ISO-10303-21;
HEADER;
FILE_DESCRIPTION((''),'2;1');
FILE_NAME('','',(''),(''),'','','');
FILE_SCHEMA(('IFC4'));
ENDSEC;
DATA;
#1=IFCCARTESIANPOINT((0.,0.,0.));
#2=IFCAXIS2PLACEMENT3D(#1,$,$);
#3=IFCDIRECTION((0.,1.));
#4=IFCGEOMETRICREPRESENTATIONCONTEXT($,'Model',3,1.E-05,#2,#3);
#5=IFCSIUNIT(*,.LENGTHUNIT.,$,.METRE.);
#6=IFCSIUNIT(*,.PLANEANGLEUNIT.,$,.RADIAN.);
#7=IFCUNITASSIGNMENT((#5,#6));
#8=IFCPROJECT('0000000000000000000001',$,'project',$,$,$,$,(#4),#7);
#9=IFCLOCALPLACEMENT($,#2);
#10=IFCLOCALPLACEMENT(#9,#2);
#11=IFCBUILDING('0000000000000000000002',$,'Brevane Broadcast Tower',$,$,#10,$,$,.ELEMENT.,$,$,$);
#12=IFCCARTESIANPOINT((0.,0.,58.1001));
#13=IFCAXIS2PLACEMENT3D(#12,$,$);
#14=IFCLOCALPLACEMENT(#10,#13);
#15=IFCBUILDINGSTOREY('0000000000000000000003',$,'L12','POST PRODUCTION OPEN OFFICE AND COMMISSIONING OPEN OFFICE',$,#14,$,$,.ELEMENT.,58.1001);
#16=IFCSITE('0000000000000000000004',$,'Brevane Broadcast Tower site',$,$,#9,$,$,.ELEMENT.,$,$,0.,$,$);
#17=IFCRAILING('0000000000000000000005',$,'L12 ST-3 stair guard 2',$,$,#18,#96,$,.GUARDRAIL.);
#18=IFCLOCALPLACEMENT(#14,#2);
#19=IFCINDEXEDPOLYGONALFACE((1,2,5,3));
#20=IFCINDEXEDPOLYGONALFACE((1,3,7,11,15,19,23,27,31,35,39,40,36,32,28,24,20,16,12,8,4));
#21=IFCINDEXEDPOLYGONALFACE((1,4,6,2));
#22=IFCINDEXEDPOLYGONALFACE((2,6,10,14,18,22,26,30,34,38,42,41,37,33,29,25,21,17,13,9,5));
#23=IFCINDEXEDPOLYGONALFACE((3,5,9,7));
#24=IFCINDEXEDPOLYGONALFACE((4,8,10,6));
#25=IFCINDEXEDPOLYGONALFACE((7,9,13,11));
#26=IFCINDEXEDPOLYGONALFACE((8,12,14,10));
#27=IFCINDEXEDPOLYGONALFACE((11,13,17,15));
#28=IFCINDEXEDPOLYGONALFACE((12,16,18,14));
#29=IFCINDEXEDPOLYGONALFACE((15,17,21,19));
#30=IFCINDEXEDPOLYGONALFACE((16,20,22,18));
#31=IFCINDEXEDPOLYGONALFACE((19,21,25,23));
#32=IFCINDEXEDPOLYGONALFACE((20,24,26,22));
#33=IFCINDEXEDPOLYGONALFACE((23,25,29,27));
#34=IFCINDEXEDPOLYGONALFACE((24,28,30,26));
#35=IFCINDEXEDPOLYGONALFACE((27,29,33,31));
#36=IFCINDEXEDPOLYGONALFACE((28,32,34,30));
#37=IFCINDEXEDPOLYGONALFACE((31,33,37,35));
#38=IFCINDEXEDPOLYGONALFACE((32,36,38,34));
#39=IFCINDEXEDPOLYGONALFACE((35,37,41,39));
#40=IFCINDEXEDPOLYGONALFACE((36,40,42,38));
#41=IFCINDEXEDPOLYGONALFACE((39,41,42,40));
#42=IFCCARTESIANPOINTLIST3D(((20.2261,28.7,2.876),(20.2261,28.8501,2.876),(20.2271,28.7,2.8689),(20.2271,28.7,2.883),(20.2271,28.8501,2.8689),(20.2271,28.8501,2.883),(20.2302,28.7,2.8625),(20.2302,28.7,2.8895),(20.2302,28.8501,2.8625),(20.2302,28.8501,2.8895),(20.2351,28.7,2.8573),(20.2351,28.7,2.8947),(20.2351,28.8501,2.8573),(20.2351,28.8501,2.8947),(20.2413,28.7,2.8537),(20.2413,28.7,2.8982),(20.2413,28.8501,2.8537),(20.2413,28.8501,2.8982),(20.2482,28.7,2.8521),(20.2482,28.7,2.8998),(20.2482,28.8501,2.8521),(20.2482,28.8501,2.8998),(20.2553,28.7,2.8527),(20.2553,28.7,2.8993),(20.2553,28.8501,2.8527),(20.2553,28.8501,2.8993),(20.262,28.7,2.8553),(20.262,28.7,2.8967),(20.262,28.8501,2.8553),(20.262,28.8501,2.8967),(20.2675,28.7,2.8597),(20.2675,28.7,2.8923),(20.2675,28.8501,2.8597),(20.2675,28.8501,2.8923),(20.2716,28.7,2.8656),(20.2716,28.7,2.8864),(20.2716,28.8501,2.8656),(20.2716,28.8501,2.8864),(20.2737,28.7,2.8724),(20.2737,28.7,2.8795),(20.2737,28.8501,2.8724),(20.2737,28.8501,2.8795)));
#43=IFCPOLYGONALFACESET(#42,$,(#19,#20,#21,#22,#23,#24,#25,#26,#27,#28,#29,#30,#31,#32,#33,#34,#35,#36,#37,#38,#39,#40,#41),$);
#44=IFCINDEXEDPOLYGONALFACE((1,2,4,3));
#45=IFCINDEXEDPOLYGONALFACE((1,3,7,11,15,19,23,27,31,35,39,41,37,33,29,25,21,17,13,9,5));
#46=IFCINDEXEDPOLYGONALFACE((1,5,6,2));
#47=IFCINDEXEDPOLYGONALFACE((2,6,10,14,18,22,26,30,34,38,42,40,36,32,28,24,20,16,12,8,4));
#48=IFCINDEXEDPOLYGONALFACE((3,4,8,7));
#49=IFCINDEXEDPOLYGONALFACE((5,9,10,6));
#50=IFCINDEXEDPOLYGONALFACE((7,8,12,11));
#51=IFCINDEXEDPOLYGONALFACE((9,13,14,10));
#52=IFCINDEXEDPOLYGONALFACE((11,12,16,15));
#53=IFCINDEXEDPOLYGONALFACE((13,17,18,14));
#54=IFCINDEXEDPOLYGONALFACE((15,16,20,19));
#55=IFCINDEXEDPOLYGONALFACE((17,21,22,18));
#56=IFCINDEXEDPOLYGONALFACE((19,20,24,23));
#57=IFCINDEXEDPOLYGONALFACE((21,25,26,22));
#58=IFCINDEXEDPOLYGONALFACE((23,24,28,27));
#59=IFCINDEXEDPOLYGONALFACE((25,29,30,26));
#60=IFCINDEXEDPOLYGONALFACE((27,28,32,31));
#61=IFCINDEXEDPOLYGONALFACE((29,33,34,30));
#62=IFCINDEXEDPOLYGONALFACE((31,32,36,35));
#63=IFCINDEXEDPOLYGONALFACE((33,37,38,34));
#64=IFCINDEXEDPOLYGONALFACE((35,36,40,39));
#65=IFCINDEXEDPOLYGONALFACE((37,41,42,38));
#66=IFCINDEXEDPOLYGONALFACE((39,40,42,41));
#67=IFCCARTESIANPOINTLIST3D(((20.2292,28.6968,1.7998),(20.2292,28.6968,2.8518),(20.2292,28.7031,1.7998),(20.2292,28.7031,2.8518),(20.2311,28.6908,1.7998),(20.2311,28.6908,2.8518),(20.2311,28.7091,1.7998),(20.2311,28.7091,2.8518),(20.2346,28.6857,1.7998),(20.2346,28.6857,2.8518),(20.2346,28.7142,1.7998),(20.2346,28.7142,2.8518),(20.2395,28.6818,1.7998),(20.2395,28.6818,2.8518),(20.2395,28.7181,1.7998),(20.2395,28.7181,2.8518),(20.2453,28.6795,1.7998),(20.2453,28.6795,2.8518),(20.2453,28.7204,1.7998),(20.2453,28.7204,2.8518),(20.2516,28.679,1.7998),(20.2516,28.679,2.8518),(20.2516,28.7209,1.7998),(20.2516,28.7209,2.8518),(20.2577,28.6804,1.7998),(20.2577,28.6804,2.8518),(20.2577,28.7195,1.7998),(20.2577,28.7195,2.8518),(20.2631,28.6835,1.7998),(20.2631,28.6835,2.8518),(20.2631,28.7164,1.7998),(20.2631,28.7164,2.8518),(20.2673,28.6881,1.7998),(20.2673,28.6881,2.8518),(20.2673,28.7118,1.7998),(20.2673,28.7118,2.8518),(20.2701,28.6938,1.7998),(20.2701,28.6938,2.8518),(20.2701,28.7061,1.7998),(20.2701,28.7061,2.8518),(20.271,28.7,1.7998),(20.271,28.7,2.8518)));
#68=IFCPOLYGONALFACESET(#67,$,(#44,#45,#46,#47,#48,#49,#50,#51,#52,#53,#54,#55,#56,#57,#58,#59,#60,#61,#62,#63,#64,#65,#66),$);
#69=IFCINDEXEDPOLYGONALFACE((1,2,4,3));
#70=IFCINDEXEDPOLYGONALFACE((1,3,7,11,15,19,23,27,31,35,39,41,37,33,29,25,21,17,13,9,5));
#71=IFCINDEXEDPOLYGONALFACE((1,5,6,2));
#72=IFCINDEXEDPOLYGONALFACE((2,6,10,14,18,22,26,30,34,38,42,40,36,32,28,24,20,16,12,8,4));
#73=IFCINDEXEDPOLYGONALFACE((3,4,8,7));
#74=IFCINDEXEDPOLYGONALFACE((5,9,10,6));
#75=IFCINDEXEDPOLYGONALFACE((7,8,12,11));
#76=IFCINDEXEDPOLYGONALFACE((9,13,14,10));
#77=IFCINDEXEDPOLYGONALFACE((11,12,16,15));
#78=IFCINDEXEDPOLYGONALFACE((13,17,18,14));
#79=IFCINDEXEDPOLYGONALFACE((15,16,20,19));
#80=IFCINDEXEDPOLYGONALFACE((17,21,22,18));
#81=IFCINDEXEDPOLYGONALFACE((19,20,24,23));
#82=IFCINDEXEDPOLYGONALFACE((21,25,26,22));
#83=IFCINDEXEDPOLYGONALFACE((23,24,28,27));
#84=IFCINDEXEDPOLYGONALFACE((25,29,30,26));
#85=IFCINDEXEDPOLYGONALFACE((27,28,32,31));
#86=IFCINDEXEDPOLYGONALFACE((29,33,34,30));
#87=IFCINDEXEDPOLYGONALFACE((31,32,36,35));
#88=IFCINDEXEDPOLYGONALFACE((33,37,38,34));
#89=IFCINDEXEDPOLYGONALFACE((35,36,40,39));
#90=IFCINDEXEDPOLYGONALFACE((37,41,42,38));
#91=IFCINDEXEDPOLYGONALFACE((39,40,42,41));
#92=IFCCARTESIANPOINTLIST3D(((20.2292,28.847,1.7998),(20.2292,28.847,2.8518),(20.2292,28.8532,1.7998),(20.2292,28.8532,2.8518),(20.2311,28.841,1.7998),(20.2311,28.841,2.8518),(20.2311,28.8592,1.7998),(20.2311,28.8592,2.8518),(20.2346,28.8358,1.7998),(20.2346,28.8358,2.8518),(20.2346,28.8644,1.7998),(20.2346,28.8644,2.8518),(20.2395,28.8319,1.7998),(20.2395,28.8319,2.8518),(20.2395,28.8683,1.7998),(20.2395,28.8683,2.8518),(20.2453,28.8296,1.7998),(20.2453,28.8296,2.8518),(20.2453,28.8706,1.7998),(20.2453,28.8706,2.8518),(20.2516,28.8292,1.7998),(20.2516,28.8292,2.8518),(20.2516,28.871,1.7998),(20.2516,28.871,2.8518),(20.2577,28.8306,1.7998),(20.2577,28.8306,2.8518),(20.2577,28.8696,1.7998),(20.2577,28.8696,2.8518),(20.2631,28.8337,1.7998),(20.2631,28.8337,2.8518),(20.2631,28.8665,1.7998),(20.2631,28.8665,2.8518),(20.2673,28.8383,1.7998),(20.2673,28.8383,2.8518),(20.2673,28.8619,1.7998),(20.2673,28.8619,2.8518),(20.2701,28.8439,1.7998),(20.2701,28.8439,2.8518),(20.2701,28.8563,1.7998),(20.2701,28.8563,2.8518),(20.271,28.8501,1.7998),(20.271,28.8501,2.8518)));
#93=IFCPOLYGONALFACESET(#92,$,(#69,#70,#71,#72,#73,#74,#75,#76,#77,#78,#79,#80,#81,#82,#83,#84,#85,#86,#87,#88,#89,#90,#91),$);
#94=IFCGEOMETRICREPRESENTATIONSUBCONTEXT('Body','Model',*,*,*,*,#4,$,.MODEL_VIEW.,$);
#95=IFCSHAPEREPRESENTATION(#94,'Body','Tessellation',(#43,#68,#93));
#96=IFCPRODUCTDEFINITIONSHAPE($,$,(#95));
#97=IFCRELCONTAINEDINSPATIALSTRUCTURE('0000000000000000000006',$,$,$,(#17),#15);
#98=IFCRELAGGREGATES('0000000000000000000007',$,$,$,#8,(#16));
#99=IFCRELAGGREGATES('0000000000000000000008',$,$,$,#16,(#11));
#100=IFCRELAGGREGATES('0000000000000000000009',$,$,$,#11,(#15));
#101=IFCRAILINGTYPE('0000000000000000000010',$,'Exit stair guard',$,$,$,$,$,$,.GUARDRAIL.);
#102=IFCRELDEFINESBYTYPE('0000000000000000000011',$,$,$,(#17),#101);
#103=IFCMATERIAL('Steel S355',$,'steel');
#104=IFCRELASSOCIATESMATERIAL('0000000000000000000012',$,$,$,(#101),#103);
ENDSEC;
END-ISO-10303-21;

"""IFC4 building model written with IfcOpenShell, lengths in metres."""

from ifc_helpers import new_model, si_unit, direction, frame, origin, origin_2d, place, context, subcontext, project, spatial, circle, extrude, material, type_object, element, save


model = new_model("IFC4")

# Units and contexts
model_context = context("Model", 3, precision=1e-05, world=origin(), true_north=direction((0.0, 1.0)))
body_context = subcontext(model_context, "Body", "Model", "MODEL_VIEW")
ifc_project = project(units=[si_unit("LENGTHUNIT", "METRE"), si_unit("PLANEANGLEUNIT", "RADIAN")], contexts=[model_context])

# Site, building, storey
site_placement = place(None, origin())
site = spatial("IfcSite", under=ifc_project, at=site_placement, Name="Brevane Broadcast Tower site", CompositionType="ELEMENT", RefElevation=0.0)
building_placement = place(site_placement, origin())
building = spatial("IfcBuilding", under=site, at=building_placement, Name="Brevane Broadcast Tower", CompositionType="ELEMENT")
storey_placement = place(building_placement, frame((0.0, 0.0, 58.1001)))
storey = spatial("IfcBuildingStorey", under=building, at=storey_placement, Name="L12", Description="POST PRODUCTION OPEN OFFICE AND COMMISSIONING OPEN OFFICE", CompositionType="ELEMENT", Elevation=58.1001)

# Railing
ifc_material_1 = material(Name="Steel S355", Category="steel")
railing_type_1 = type_object("IfcRailingType", Name="Exit stair guard", PredefinedType="GUARDRAIL", material=ifc_material_1)
railing_1_placement = place(storey_placement, frame((20.25, 28.7, 1.7998)))
element("IfcRailing", 1, at=railing_1_placement, inside=storey, type_object=railing_type_1, Name="L12 ST-3 stair guard 2", PredefinedType="GUARDRAIL", context=body_context, shape_type="SweptSolid", body=[
    extrude(circle(Radius=0.0239, at=origin_2d()), frame((0.0, 0.0, 1.0762), z_axis=(0.0, 1.0, 0.0), x_axis=(-1.0, 0.0, 0.0)), (0.0, 0.0, 1.0), 0.1501),
    extrude(circle(Radius=0.021, at=origin_2d()), origin(), (0.0, 0.0, 1.0), 1.052),
    extrude(circle(Radius=0.021, at=origin_2d()), frame((0.0, 0.1501, 0.0)), (0.0, 0.0, 1.0), 1.052),
])

save(model, "model.ifc")
